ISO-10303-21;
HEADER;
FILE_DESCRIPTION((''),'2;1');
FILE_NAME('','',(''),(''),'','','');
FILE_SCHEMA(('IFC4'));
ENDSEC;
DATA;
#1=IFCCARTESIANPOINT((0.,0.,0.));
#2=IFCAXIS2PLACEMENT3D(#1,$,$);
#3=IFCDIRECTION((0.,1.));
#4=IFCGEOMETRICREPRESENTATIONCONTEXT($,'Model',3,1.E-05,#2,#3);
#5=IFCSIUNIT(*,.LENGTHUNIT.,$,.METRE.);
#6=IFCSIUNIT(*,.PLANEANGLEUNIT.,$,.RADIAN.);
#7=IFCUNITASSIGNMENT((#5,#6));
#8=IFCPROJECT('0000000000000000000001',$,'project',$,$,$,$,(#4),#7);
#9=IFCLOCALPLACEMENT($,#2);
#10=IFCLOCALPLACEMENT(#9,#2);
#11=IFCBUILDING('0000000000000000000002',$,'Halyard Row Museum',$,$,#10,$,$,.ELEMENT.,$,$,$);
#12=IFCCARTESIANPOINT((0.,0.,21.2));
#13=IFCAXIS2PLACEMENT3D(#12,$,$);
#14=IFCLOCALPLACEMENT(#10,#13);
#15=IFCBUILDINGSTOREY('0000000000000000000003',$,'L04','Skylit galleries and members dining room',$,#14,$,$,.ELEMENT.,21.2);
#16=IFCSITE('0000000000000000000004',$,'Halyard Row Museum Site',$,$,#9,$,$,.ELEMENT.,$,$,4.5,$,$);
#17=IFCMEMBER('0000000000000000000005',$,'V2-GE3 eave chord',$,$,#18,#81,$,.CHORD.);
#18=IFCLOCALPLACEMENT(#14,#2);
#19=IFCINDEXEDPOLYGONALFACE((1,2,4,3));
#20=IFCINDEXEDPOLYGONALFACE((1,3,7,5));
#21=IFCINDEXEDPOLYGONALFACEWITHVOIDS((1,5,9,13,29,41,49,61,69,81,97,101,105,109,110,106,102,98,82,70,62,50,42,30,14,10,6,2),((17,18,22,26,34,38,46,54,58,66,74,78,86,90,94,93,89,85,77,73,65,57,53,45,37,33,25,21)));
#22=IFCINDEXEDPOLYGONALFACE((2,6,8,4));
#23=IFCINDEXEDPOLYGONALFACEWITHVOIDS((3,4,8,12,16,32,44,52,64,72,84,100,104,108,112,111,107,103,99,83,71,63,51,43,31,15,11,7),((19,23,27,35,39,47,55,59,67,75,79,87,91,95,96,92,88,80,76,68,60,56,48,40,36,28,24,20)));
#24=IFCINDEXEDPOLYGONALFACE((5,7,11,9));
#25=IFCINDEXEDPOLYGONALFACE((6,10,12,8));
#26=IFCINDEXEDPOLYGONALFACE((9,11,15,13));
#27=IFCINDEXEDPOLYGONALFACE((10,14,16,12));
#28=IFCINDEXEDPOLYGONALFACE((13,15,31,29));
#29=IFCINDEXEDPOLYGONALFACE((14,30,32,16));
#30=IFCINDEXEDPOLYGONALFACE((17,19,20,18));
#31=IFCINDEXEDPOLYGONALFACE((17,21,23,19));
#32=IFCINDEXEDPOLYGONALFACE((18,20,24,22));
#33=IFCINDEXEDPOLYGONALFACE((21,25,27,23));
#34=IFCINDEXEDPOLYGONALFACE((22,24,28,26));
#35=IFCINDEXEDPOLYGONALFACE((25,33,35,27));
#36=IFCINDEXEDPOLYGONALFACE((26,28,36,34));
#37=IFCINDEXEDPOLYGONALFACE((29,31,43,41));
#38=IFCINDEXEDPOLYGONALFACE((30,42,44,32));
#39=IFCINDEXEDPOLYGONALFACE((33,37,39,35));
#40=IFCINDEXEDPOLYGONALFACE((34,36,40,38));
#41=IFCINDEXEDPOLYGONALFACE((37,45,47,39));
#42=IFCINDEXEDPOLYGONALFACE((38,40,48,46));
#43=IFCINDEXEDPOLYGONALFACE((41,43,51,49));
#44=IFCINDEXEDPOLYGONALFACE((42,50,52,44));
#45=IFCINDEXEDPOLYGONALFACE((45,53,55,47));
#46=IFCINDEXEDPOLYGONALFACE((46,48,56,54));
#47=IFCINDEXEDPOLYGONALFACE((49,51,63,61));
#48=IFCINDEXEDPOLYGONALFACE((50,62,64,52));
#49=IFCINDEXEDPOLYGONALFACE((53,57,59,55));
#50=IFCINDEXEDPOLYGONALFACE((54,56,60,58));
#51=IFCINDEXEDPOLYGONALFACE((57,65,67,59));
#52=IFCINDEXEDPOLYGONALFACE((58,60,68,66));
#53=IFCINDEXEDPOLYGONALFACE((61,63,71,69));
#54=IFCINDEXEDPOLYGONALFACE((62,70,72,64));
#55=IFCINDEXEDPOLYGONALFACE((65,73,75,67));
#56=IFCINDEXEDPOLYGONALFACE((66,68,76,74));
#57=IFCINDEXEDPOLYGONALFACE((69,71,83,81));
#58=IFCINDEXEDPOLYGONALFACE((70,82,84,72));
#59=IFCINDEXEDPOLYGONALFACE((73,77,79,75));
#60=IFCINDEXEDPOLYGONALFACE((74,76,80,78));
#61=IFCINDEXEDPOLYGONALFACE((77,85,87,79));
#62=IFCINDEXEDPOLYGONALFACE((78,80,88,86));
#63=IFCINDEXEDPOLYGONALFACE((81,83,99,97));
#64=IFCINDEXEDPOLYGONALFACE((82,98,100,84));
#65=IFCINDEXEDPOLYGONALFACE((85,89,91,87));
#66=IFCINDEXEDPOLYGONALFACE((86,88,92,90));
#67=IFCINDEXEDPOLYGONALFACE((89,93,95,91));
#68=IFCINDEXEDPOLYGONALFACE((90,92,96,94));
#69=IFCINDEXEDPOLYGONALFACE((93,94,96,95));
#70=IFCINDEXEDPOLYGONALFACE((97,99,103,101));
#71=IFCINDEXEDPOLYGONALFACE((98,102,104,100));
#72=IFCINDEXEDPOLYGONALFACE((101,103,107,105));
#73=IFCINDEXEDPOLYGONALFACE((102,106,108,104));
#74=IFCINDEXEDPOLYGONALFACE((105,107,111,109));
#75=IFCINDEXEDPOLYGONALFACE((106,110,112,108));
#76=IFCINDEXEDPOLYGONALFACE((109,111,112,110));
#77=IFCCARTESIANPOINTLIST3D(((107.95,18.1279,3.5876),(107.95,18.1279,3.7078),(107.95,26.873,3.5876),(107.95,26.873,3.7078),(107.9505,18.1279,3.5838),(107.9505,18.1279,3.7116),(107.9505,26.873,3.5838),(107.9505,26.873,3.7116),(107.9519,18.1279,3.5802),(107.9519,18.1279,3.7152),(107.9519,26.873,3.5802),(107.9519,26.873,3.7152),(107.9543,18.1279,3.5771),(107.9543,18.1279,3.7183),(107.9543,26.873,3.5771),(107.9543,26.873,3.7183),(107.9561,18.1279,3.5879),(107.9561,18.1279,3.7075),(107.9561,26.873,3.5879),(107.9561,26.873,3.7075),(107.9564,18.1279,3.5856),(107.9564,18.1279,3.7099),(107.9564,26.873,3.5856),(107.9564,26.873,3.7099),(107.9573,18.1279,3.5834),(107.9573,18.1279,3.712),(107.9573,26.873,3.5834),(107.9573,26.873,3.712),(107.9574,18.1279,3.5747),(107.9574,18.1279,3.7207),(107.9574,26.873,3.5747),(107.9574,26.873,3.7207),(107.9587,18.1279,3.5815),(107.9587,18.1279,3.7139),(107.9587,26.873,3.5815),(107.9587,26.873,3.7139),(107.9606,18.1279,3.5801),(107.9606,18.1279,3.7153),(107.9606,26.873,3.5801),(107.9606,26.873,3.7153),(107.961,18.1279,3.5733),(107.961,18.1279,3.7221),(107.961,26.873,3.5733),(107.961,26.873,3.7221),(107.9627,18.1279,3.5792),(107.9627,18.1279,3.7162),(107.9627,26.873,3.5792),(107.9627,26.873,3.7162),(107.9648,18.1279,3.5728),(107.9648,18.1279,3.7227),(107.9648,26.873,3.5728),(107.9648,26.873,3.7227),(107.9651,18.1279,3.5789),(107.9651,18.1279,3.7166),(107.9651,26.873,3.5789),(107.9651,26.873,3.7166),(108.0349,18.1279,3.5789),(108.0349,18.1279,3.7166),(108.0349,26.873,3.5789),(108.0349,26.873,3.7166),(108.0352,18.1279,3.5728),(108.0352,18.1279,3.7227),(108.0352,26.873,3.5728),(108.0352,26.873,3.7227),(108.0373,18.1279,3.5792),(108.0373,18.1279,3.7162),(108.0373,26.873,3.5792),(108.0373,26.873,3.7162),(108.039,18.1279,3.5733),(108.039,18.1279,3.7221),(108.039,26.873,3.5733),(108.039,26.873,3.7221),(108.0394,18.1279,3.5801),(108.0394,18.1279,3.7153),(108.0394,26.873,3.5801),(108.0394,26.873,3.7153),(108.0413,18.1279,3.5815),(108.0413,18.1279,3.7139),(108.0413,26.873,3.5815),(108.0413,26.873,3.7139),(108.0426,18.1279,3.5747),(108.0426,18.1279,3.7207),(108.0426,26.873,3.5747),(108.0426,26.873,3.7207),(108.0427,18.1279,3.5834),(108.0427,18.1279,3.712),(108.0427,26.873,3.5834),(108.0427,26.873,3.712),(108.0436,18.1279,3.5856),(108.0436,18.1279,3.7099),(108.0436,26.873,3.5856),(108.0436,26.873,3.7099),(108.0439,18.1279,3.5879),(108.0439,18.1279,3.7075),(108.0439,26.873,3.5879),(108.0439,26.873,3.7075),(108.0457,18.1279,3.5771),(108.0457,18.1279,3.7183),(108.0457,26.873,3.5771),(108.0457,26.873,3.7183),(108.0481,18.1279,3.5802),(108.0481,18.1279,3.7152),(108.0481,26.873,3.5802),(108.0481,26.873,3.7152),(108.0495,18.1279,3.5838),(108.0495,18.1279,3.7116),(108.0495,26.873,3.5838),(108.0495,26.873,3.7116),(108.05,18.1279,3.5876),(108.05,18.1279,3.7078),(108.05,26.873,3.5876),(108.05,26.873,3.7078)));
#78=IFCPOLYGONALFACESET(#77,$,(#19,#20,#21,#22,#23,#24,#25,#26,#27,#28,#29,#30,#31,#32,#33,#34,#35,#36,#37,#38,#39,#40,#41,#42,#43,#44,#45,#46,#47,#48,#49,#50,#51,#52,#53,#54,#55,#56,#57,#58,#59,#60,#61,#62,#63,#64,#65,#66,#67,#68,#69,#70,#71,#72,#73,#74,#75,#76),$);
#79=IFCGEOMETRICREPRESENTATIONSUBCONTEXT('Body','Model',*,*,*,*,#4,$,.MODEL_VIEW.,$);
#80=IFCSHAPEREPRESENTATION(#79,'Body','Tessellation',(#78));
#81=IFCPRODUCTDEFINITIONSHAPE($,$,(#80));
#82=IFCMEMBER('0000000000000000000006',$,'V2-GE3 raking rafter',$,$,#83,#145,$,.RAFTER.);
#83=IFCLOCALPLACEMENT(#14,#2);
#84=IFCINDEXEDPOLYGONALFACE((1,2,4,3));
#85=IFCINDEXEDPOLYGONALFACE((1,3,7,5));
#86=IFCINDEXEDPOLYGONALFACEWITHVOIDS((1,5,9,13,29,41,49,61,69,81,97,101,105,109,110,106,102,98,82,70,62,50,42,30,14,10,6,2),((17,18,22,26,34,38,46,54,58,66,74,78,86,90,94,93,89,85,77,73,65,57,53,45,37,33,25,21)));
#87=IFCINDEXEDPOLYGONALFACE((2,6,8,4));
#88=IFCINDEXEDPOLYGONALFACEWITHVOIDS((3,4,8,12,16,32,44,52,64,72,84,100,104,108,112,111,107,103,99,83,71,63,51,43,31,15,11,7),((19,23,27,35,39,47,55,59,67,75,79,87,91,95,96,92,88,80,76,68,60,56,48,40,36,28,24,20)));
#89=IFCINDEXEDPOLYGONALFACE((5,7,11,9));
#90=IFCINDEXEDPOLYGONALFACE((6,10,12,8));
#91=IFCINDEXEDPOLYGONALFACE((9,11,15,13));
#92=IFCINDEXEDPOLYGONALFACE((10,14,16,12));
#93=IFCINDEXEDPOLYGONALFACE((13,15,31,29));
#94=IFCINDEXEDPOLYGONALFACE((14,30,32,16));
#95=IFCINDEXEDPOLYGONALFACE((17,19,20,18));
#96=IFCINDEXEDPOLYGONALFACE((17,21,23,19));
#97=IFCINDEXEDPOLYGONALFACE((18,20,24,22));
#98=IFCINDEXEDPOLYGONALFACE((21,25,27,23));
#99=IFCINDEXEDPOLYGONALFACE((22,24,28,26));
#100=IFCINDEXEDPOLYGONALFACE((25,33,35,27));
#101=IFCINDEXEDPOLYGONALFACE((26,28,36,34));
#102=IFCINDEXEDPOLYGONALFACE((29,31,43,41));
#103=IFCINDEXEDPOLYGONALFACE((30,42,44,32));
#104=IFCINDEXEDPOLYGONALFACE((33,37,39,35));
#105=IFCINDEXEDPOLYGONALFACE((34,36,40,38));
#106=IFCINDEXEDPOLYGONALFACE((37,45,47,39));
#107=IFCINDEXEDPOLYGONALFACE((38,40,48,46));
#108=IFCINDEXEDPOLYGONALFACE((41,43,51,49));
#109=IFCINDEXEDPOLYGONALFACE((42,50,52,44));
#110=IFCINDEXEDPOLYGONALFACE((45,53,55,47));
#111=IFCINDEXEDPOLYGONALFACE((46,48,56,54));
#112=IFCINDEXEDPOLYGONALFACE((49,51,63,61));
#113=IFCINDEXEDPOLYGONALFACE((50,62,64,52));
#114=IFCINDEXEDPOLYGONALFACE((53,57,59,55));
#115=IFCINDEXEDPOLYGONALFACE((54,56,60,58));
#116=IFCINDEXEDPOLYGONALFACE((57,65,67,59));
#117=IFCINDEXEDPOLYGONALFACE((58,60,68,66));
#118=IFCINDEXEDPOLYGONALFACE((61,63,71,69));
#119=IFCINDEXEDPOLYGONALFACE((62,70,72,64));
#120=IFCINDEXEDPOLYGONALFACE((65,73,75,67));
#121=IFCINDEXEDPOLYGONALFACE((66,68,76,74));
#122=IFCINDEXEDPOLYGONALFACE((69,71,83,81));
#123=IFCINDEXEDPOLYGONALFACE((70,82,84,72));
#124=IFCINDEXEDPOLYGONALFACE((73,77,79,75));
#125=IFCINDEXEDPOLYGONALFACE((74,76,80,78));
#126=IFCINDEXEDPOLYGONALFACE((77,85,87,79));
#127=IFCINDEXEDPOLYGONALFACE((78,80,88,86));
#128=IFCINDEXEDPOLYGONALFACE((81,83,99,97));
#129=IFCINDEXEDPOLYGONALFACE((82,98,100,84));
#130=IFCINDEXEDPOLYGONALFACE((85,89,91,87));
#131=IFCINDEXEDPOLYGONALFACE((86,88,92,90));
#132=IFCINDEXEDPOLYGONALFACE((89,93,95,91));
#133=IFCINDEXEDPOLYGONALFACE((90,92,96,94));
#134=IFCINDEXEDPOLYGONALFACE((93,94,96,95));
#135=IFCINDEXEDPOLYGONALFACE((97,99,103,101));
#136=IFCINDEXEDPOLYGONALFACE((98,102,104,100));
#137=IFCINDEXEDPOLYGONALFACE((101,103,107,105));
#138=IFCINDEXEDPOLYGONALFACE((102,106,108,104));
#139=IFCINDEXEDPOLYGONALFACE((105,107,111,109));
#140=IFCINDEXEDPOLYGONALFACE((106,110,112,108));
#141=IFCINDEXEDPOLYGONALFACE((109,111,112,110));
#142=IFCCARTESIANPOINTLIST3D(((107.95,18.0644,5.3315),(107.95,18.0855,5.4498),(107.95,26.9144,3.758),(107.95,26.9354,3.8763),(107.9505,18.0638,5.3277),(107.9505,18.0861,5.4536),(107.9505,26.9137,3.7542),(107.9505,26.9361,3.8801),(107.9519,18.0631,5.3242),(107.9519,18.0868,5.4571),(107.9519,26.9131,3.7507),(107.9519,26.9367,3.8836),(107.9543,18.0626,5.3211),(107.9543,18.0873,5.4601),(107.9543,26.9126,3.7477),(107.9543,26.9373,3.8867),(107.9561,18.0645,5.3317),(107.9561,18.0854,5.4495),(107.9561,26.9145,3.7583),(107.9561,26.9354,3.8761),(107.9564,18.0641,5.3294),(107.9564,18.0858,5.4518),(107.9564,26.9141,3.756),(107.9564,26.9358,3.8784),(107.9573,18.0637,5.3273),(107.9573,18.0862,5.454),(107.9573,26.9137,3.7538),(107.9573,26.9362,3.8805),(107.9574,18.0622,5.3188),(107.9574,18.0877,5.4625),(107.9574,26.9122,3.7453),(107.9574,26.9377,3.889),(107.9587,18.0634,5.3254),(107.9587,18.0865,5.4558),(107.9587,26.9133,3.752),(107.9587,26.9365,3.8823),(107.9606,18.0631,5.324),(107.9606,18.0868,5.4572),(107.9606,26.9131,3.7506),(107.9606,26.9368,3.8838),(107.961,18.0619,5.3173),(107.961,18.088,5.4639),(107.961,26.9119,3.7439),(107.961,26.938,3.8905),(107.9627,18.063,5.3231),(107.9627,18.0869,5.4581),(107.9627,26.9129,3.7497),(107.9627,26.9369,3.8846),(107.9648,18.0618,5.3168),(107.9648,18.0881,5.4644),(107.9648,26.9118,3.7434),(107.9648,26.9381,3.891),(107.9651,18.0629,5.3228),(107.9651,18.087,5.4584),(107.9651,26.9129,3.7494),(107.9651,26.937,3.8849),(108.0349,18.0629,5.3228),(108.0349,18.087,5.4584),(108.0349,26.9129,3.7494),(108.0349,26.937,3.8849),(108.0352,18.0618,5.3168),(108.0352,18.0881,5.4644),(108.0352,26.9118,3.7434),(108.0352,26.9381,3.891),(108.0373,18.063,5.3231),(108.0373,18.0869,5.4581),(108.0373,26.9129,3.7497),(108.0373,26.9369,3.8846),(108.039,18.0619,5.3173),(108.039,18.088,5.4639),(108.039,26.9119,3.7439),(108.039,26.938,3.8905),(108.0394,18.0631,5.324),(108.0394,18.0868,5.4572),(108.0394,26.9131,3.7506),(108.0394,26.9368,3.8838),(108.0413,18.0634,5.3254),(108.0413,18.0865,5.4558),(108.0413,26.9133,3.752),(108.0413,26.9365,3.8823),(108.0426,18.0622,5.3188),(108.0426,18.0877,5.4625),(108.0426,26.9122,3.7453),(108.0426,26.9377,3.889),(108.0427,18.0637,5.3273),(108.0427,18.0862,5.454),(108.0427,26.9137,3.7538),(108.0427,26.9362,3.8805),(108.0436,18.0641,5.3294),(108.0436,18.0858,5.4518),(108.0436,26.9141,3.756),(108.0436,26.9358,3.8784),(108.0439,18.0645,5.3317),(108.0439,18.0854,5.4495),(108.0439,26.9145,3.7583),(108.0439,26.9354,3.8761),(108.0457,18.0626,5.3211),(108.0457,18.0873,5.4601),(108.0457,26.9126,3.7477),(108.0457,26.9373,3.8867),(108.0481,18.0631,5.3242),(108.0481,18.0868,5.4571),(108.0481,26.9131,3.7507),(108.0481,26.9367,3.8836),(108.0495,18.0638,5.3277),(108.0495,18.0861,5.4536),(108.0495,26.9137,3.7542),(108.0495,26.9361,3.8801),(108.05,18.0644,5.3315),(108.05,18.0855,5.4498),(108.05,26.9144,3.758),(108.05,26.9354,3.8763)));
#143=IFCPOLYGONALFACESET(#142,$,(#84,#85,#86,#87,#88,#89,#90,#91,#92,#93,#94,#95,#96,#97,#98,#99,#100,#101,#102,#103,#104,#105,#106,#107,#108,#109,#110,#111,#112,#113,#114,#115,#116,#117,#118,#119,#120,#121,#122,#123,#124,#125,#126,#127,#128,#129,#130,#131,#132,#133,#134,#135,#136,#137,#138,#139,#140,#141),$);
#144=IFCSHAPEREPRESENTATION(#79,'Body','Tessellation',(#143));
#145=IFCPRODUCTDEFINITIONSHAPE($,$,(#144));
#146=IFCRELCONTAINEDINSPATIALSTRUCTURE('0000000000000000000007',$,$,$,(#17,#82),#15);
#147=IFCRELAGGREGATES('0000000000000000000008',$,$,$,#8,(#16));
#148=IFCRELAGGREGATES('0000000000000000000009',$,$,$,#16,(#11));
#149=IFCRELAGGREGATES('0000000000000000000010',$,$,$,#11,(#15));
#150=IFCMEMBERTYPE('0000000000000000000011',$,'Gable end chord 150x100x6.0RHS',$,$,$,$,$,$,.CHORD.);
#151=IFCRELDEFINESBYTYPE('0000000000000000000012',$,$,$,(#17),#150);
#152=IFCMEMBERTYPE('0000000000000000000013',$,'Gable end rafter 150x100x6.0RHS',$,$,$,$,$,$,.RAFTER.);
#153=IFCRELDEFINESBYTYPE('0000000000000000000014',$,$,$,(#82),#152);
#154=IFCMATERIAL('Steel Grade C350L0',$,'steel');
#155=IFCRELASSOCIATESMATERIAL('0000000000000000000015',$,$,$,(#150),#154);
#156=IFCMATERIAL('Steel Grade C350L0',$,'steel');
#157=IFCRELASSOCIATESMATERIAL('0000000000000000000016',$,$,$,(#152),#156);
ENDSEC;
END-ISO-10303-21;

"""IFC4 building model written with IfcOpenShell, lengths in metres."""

from ifc_helpers import new_model, si_unit, direction, frame, origin, origin_2d, place, context, subcontext, project, spatial, hollow_rectangle, extrude, material, material_profile, profile_set, type_object, element, save


model = new_model("IFC4")

# Units and contexts
model_context = context("Model", 3, precision=1e-05, world=origin(), true_north=direction((0.0, 1.0)))
body_context = subcontext(model_context, "Body", "Model", "MODEL_VIEW")
ifc_project = project(units=[si_unit("LENGTHUNIT", "METRE"), si_unit("PLANEANGLEUNIT", "RADIAN")], contexts=[model_context])

# Site, building, storey
site_placement = place(None, origin())
site = spatial("IfcSite", under=ifc_project, at=site_placement, Name="Halyard Row Museum Site", CompositionType="ELEMENT", RefElevation=4.5)
building_placement = place(site_placement, origin())
building = spatial("IfcBuilding", under=site, at=building_placement, Name="Halyard Row Museum", CompositionType="ELEMENT")
storey_placement = place(building_placement, frame((0.0, 0.0, 21.2)))
storey = spatial("IfcBuildingStorey", under=building, at=storey_placement, Name="L04", Description="Skylit galleries and members dining room", CompositionType="ELEMENT", Elevation=21.2)

# Members
ifc_material_1 = material(Name="Steel Grade C350L0", Category="steel")
ifc_material_profile_1 = material_profile(ifc_material_1, hollow_rectangle(XDim=0.1001, YDim=0.1499, WallThickness=0.0061, InnerFilletRadius=0.009, OuterFilletRadius=0.0149, at=origin_2d()), Name="150x100x6.0RHS")
ifc_profile_set_1 = profile_set([ifc_material_profile_1], Name="Steel Grade C350L0")
member_type_1 = type_object("IfcMemberType", Name="Gable end chord 150x100x6.0RHS", PredefinedType="CHORD", material=ifc_profile_set_1)
member_1_placement = place(storey_placement, frame((108.0, 18.1279, 3.6477), z_axis=(0.0, 1.0, 0.0), x_axis=(-1.0, 0.0, 0.0)))
element("IfcMember", 1, at=member_1_placement, inside=storey, type_object=member_type_1, Name="V2-GE3 eave chord", PredefinedType="CHORD", context=body_context, shape_type="SweptSolid", body=[
    extrude(hollow_rectangle(XDim=0.1001, YDim=0.1499, WallThickness=0.0061, InnerFilletRadius=0.009, OuterFilletRadius=0.0149, at=origin_2d()), origin(), (0.0, 0.0, 1.0), 8.7451),
])
ifc_material_2 = material(Name="Steel Grade C350L0", Category="steel")
ifc_material_profile_2 = material_profile(ifc_material_2, hollow_rectangle(XDim=0.1001, YDim=0.1499, WallThickness=0.0061, InnerFilletRadius=0.009, OuterFilletRadius=0.0149, at=origin_2d()), Name="150x100x6.0RHS")
ifc_profile_set_2 = profile_set([ifc_material_profile_2], Name="Steel Grade C350L0")
member_type_2 = type_object("IfcMemberType", Name="Gable end rafter 150x100x6.0RHS", PredefinedType="RAFTER", material=ifc_profile_set_2)
member_2_placement = place(storey_placement, frame((108.0, 18.075, 5.3906), z_axis=(0.0, 0.98456, -0.175048), x_axis=(-1.0, 0.0, 0.0)))
element("IfcMember", 2, at=member_2_placement, inside=storey, type_object=member_type_2, Name="V2-GE3 raking rafter", PredefinedType="RAFTER", context=body_context, shape_type="SweptSolid", body=[
    extrude(hollow_rectangle(XDim=0.1001, YDim=0.1499, WallThickness=0.0061, InnerFilletRadius=0.009, OuterFilletRadius=0.0149, at=origin_2d()), origin(), (0.0, 0.0, 1.0), 8.9888),
])

save(model, "model.ifc")
